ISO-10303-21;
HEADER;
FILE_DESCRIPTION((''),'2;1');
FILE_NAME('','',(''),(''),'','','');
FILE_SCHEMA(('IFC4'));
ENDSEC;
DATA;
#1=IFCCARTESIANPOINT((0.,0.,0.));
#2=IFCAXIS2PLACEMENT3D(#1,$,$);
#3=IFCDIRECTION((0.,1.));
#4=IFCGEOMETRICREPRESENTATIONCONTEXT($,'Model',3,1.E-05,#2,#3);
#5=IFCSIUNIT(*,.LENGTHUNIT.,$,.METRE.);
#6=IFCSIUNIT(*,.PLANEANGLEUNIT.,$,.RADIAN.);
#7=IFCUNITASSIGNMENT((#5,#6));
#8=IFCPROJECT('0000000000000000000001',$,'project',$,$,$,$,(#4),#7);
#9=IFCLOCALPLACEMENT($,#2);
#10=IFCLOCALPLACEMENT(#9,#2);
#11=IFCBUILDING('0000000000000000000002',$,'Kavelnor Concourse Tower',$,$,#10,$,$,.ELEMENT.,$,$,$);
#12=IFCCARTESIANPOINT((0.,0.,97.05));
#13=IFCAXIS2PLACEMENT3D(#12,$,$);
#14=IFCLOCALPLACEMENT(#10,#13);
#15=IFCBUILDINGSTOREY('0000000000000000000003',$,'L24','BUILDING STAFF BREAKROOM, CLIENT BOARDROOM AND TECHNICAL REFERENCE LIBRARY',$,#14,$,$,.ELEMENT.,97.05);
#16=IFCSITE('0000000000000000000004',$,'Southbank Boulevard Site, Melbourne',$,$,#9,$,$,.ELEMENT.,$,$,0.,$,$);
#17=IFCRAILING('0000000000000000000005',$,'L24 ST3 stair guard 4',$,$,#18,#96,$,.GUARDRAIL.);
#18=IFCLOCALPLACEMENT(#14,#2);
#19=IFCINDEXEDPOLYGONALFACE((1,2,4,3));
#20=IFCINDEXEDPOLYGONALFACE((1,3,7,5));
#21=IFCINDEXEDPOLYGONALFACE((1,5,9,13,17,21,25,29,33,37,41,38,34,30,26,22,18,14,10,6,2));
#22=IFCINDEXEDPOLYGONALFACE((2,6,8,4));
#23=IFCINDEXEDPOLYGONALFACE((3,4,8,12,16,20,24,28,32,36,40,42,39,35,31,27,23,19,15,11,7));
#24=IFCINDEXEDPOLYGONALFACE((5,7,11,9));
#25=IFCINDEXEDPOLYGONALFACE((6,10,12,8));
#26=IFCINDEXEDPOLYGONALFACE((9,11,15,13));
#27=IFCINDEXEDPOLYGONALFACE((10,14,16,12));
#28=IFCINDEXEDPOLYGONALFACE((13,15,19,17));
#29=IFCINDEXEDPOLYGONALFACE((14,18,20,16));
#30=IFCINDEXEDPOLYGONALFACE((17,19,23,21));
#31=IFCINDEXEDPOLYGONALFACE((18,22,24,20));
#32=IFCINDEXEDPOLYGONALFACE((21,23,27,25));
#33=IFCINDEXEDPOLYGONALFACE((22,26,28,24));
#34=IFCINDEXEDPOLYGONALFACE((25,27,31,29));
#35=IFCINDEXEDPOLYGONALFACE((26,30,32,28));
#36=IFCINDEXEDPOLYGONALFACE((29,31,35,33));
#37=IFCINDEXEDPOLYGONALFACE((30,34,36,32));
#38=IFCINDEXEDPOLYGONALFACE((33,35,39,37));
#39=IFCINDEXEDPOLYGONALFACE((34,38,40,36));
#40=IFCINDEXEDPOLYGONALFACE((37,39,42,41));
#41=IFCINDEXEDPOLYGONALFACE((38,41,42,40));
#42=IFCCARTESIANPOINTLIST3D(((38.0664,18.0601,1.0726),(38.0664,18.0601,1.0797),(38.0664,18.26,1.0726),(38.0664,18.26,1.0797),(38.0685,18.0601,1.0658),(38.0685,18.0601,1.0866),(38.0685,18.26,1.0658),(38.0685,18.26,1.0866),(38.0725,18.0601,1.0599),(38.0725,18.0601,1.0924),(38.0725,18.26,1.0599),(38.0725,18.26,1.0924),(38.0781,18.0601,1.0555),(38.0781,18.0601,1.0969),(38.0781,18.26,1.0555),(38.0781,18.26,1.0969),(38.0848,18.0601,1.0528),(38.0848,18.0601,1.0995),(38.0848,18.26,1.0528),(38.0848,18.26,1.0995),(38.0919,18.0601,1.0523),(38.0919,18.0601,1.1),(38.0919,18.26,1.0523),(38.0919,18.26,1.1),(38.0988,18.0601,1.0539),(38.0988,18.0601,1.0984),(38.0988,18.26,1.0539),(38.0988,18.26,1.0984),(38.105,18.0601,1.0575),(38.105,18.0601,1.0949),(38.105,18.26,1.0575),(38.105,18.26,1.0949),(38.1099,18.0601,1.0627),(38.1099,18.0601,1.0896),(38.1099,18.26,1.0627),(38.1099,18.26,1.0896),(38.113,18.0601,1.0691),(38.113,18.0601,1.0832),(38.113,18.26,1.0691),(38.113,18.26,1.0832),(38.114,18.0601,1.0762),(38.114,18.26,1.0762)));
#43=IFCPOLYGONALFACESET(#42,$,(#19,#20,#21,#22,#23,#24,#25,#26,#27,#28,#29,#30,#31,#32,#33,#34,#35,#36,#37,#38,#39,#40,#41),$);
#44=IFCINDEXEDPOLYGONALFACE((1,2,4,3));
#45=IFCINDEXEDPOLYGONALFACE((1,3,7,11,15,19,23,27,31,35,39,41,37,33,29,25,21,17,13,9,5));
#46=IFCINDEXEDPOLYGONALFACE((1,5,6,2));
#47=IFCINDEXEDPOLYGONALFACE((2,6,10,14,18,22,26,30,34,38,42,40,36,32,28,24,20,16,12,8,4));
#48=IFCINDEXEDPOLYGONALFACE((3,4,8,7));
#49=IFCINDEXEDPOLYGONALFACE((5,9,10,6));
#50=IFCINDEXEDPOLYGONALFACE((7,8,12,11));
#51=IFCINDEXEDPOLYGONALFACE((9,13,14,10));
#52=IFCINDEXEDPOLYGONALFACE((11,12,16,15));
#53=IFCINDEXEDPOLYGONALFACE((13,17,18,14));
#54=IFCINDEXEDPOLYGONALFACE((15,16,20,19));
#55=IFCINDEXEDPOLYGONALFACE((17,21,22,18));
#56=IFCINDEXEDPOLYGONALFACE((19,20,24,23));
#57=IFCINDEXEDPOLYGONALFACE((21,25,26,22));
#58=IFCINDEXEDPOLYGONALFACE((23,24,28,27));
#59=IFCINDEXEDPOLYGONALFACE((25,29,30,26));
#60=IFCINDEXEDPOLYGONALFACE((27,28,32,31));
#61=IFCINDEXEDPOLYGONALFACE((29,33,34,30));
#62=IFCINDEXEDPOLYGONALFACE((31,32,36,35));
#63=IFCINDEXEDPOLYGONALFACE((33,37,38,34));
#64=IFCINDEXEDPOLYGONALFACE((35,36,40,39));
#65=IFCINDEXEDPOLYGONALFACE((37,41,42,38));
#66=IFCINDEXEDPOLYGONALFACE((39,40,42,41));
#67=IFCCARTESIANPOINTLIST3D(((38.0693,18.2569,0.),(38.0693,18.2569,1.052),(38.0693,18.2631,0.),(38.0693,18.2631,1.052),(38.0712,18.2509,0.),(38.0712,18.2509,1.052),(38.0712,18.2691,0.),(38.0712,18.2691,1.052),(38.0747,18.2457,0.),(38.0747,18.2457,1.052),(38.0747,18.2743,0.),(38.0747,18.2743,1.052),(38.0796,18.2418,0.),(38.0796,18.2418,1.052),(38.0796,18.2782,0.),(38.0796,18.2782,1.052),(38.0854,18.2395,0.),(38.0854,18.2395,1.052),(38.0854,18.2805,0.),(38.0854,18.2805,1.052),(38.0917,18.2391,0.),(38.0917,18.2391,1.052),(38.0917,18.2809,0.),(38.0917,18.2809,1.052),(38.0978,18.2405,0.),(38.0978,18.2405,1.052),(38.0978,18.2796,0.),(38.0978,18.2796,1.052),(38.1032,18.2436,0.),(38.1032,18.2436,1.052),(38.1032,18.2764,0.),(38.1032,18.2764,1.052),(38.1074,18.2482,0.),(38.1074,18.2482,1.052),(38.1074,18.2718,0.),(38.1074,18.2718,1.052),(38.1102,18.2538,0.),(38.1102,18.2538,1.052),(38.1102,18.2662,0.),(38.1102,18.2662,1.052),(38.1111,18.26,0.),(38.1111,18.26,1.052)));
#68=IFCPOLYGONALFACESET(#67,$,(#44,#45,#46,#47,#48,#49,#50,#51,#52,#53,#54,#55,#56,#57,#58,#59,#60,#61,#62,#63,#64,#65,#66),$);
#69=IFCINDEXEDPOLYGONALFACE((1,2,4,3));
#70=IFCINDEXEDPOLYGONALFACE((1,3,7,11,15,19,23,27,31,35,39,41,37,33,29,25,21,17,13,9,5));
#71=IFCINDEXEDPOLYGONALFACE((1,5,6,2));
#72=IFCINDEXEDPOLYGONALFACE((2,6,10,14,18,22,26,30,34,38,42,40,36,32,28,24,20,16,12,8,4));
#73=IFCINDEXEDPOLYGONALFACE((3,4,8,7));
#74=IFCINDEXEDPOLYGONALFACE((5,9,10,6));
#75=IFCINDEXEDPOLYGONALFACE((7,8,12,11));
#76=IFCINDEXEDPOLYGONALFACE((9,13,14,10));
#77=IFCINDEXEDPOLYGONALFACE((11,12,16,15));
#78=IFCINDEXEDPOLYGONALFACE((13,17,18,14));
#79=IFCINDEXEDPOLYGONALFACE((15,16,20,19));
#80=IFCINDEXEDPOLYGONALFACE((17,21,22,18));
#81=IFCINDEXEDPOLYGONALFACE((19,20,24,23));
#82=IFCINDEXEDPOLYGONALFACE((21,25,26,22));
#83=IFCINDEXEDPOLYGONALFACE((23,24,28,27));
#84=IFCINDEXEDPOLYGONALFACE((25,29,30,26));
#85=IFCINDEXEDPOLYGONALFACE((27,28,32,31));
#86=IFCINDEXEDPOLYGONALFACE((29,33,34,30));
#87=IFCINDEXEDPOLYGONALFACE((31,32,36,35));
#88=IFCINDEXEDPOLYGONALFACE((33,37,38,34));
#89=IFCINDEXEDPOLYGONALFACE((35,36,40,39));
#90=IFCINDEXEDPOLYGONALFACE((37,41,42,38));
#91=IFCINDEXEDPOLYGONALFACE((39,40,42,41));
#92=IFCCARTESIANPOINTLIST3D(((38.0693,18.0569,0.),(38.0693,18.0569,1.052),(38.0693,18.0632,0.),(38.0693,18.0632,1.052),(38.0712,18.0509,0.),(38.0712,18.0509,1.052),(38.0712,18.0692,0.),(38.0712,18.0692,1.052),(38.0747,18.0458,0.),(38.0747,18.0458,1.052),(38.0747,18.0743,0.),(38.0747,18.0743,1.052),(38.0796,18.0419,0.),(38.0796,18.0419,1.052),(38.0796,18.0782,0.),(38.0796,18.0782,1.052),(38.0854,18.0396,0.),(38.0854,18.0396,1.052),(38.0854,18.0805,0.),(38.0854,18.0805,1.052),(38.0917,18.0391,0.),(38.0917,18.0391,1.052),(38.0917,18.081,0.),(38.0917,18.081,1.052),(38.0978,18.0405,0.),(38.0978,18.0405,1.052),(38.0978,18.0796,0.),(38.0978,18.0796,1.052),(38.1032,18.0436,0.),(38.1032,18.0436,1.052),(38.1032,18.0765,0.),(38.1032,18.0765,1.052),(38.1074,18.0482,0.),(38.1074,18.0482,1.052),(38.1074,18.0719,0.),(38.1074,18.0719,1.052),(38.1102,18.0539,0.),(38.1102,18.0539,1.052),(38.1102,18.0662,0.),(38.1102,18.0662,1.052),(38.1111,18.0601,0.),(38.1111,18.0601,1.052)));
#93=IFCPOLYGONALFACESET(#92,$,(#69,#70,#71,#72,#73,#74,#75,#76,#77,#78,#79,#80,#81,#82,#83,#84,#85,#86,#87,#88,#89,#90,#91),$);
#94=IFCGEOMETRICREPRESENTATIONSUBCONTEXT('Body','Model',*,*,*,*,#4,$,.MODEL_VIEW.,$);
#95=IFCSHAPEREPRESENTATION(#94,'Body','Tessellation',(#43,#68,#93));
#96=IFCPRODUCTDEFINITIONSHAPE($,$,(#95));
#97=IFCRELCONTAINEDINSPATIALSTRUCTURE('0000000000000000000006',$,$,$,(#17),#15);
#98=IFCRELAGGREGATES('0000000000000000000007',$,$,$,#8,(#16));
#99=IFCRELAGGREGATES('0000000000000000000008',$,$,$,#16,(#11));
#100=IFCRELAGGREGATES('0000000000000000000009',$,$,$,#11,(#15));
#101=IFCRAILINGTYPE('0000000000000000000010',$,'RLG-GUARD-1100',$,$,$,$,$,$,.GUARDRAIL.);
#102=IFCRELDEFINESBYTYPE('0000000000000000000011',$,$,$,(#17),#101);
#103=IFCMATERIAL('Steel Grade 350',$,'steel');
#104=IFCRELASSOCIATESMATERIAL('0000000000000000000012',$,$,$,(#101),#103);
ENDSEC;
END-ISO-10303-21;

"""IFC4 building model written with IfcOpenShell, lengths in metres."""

from ifc_helpers import new_model, si_unit, direction, frame, origin, origin_2d, place, context, subcontext, project, spatial, circle, extrude, material, type_object, element, save


model = new_model("IFC4")

# Units and contexts
model_context = context("Model", 3, precision=1e-05, world=origin(), true_north=direction((0.0, 1.0)))
body_context = subcontext(model_context, "Body", "Model", "MODEL_VIEW")
ifc_project = project(units=[si_unit("LENGTHUNIT", "METRE"), si_unit("PLANEANGLEUNIT", "RADIAN")], contexts=[model_context])

# Site, building, storey
site_placement = place(None, origin())
site = spatial("IfcSite", under=ifc_project, at=site_placement, Name="Southbank Boulevard Site, Melbourne", CompositionType="ELEMENT", RefElevation=0.0)
building_placement = place(site_placement, origin())
building = spatial("IfcBuilding", under=site, at=building_placement, Name="Kavelnor Concourse Tower", CompositionType="ELEMENT")
storey_placement = place(building_placement, frame((0.0, 0.0, 97.05)))
storey = spatial("IfcBuildingStorey", under=building, at=storey_placement, Name="L24", Description="BUILDING STAFF BREAKROOM, CLIENT BOARDROOM AND TECHNICAL REFERENCE LIBRARY", CompositionType="ELEMENT", Elevation=97.05)

# Shared definitions
ifc_material_1 = material(Name="Steel Grade 350", Category="steel")

# Railing
railing_type_1 = type_object("IfcRailingType", Name="RLG-GUARD-1100", PredefinedType="GUARDRAIL", material=ifc_material_1)
railing_1_placement = place(storey_placement, frame((38.0901, 18.26, 0.0)))
element("IfcRailing", 1, at=railing_1_placement, inside=storey, type_object=railing_type_1, Name="L24 ST3 stair guard 4", PredefinedType="GUARDRAIL", context=body_context, shape_type="SweptSolid", body=[
    extrude(circle(Radius=0.0239, at=origin_2d()), frame((0.0, 0.0, 1.0762), z_axis=(0.0, -1.0, 0.0), x_axis=(1.0, 0.0, 0.0)), (0.0, 0.0, 1.0), 0.2),
    extrude(circle(Radius=0.021, at=origin_2d()), origin(), (0.0, 0.0, 1.0), 1.052),
    extrude(circle(Radius=0.021, at=origin_2d()), frame((0.0, -0.2, 0.0)), (0.0, 0.0, 1.0), 1.052),
])

save(model, "model.ifc")
